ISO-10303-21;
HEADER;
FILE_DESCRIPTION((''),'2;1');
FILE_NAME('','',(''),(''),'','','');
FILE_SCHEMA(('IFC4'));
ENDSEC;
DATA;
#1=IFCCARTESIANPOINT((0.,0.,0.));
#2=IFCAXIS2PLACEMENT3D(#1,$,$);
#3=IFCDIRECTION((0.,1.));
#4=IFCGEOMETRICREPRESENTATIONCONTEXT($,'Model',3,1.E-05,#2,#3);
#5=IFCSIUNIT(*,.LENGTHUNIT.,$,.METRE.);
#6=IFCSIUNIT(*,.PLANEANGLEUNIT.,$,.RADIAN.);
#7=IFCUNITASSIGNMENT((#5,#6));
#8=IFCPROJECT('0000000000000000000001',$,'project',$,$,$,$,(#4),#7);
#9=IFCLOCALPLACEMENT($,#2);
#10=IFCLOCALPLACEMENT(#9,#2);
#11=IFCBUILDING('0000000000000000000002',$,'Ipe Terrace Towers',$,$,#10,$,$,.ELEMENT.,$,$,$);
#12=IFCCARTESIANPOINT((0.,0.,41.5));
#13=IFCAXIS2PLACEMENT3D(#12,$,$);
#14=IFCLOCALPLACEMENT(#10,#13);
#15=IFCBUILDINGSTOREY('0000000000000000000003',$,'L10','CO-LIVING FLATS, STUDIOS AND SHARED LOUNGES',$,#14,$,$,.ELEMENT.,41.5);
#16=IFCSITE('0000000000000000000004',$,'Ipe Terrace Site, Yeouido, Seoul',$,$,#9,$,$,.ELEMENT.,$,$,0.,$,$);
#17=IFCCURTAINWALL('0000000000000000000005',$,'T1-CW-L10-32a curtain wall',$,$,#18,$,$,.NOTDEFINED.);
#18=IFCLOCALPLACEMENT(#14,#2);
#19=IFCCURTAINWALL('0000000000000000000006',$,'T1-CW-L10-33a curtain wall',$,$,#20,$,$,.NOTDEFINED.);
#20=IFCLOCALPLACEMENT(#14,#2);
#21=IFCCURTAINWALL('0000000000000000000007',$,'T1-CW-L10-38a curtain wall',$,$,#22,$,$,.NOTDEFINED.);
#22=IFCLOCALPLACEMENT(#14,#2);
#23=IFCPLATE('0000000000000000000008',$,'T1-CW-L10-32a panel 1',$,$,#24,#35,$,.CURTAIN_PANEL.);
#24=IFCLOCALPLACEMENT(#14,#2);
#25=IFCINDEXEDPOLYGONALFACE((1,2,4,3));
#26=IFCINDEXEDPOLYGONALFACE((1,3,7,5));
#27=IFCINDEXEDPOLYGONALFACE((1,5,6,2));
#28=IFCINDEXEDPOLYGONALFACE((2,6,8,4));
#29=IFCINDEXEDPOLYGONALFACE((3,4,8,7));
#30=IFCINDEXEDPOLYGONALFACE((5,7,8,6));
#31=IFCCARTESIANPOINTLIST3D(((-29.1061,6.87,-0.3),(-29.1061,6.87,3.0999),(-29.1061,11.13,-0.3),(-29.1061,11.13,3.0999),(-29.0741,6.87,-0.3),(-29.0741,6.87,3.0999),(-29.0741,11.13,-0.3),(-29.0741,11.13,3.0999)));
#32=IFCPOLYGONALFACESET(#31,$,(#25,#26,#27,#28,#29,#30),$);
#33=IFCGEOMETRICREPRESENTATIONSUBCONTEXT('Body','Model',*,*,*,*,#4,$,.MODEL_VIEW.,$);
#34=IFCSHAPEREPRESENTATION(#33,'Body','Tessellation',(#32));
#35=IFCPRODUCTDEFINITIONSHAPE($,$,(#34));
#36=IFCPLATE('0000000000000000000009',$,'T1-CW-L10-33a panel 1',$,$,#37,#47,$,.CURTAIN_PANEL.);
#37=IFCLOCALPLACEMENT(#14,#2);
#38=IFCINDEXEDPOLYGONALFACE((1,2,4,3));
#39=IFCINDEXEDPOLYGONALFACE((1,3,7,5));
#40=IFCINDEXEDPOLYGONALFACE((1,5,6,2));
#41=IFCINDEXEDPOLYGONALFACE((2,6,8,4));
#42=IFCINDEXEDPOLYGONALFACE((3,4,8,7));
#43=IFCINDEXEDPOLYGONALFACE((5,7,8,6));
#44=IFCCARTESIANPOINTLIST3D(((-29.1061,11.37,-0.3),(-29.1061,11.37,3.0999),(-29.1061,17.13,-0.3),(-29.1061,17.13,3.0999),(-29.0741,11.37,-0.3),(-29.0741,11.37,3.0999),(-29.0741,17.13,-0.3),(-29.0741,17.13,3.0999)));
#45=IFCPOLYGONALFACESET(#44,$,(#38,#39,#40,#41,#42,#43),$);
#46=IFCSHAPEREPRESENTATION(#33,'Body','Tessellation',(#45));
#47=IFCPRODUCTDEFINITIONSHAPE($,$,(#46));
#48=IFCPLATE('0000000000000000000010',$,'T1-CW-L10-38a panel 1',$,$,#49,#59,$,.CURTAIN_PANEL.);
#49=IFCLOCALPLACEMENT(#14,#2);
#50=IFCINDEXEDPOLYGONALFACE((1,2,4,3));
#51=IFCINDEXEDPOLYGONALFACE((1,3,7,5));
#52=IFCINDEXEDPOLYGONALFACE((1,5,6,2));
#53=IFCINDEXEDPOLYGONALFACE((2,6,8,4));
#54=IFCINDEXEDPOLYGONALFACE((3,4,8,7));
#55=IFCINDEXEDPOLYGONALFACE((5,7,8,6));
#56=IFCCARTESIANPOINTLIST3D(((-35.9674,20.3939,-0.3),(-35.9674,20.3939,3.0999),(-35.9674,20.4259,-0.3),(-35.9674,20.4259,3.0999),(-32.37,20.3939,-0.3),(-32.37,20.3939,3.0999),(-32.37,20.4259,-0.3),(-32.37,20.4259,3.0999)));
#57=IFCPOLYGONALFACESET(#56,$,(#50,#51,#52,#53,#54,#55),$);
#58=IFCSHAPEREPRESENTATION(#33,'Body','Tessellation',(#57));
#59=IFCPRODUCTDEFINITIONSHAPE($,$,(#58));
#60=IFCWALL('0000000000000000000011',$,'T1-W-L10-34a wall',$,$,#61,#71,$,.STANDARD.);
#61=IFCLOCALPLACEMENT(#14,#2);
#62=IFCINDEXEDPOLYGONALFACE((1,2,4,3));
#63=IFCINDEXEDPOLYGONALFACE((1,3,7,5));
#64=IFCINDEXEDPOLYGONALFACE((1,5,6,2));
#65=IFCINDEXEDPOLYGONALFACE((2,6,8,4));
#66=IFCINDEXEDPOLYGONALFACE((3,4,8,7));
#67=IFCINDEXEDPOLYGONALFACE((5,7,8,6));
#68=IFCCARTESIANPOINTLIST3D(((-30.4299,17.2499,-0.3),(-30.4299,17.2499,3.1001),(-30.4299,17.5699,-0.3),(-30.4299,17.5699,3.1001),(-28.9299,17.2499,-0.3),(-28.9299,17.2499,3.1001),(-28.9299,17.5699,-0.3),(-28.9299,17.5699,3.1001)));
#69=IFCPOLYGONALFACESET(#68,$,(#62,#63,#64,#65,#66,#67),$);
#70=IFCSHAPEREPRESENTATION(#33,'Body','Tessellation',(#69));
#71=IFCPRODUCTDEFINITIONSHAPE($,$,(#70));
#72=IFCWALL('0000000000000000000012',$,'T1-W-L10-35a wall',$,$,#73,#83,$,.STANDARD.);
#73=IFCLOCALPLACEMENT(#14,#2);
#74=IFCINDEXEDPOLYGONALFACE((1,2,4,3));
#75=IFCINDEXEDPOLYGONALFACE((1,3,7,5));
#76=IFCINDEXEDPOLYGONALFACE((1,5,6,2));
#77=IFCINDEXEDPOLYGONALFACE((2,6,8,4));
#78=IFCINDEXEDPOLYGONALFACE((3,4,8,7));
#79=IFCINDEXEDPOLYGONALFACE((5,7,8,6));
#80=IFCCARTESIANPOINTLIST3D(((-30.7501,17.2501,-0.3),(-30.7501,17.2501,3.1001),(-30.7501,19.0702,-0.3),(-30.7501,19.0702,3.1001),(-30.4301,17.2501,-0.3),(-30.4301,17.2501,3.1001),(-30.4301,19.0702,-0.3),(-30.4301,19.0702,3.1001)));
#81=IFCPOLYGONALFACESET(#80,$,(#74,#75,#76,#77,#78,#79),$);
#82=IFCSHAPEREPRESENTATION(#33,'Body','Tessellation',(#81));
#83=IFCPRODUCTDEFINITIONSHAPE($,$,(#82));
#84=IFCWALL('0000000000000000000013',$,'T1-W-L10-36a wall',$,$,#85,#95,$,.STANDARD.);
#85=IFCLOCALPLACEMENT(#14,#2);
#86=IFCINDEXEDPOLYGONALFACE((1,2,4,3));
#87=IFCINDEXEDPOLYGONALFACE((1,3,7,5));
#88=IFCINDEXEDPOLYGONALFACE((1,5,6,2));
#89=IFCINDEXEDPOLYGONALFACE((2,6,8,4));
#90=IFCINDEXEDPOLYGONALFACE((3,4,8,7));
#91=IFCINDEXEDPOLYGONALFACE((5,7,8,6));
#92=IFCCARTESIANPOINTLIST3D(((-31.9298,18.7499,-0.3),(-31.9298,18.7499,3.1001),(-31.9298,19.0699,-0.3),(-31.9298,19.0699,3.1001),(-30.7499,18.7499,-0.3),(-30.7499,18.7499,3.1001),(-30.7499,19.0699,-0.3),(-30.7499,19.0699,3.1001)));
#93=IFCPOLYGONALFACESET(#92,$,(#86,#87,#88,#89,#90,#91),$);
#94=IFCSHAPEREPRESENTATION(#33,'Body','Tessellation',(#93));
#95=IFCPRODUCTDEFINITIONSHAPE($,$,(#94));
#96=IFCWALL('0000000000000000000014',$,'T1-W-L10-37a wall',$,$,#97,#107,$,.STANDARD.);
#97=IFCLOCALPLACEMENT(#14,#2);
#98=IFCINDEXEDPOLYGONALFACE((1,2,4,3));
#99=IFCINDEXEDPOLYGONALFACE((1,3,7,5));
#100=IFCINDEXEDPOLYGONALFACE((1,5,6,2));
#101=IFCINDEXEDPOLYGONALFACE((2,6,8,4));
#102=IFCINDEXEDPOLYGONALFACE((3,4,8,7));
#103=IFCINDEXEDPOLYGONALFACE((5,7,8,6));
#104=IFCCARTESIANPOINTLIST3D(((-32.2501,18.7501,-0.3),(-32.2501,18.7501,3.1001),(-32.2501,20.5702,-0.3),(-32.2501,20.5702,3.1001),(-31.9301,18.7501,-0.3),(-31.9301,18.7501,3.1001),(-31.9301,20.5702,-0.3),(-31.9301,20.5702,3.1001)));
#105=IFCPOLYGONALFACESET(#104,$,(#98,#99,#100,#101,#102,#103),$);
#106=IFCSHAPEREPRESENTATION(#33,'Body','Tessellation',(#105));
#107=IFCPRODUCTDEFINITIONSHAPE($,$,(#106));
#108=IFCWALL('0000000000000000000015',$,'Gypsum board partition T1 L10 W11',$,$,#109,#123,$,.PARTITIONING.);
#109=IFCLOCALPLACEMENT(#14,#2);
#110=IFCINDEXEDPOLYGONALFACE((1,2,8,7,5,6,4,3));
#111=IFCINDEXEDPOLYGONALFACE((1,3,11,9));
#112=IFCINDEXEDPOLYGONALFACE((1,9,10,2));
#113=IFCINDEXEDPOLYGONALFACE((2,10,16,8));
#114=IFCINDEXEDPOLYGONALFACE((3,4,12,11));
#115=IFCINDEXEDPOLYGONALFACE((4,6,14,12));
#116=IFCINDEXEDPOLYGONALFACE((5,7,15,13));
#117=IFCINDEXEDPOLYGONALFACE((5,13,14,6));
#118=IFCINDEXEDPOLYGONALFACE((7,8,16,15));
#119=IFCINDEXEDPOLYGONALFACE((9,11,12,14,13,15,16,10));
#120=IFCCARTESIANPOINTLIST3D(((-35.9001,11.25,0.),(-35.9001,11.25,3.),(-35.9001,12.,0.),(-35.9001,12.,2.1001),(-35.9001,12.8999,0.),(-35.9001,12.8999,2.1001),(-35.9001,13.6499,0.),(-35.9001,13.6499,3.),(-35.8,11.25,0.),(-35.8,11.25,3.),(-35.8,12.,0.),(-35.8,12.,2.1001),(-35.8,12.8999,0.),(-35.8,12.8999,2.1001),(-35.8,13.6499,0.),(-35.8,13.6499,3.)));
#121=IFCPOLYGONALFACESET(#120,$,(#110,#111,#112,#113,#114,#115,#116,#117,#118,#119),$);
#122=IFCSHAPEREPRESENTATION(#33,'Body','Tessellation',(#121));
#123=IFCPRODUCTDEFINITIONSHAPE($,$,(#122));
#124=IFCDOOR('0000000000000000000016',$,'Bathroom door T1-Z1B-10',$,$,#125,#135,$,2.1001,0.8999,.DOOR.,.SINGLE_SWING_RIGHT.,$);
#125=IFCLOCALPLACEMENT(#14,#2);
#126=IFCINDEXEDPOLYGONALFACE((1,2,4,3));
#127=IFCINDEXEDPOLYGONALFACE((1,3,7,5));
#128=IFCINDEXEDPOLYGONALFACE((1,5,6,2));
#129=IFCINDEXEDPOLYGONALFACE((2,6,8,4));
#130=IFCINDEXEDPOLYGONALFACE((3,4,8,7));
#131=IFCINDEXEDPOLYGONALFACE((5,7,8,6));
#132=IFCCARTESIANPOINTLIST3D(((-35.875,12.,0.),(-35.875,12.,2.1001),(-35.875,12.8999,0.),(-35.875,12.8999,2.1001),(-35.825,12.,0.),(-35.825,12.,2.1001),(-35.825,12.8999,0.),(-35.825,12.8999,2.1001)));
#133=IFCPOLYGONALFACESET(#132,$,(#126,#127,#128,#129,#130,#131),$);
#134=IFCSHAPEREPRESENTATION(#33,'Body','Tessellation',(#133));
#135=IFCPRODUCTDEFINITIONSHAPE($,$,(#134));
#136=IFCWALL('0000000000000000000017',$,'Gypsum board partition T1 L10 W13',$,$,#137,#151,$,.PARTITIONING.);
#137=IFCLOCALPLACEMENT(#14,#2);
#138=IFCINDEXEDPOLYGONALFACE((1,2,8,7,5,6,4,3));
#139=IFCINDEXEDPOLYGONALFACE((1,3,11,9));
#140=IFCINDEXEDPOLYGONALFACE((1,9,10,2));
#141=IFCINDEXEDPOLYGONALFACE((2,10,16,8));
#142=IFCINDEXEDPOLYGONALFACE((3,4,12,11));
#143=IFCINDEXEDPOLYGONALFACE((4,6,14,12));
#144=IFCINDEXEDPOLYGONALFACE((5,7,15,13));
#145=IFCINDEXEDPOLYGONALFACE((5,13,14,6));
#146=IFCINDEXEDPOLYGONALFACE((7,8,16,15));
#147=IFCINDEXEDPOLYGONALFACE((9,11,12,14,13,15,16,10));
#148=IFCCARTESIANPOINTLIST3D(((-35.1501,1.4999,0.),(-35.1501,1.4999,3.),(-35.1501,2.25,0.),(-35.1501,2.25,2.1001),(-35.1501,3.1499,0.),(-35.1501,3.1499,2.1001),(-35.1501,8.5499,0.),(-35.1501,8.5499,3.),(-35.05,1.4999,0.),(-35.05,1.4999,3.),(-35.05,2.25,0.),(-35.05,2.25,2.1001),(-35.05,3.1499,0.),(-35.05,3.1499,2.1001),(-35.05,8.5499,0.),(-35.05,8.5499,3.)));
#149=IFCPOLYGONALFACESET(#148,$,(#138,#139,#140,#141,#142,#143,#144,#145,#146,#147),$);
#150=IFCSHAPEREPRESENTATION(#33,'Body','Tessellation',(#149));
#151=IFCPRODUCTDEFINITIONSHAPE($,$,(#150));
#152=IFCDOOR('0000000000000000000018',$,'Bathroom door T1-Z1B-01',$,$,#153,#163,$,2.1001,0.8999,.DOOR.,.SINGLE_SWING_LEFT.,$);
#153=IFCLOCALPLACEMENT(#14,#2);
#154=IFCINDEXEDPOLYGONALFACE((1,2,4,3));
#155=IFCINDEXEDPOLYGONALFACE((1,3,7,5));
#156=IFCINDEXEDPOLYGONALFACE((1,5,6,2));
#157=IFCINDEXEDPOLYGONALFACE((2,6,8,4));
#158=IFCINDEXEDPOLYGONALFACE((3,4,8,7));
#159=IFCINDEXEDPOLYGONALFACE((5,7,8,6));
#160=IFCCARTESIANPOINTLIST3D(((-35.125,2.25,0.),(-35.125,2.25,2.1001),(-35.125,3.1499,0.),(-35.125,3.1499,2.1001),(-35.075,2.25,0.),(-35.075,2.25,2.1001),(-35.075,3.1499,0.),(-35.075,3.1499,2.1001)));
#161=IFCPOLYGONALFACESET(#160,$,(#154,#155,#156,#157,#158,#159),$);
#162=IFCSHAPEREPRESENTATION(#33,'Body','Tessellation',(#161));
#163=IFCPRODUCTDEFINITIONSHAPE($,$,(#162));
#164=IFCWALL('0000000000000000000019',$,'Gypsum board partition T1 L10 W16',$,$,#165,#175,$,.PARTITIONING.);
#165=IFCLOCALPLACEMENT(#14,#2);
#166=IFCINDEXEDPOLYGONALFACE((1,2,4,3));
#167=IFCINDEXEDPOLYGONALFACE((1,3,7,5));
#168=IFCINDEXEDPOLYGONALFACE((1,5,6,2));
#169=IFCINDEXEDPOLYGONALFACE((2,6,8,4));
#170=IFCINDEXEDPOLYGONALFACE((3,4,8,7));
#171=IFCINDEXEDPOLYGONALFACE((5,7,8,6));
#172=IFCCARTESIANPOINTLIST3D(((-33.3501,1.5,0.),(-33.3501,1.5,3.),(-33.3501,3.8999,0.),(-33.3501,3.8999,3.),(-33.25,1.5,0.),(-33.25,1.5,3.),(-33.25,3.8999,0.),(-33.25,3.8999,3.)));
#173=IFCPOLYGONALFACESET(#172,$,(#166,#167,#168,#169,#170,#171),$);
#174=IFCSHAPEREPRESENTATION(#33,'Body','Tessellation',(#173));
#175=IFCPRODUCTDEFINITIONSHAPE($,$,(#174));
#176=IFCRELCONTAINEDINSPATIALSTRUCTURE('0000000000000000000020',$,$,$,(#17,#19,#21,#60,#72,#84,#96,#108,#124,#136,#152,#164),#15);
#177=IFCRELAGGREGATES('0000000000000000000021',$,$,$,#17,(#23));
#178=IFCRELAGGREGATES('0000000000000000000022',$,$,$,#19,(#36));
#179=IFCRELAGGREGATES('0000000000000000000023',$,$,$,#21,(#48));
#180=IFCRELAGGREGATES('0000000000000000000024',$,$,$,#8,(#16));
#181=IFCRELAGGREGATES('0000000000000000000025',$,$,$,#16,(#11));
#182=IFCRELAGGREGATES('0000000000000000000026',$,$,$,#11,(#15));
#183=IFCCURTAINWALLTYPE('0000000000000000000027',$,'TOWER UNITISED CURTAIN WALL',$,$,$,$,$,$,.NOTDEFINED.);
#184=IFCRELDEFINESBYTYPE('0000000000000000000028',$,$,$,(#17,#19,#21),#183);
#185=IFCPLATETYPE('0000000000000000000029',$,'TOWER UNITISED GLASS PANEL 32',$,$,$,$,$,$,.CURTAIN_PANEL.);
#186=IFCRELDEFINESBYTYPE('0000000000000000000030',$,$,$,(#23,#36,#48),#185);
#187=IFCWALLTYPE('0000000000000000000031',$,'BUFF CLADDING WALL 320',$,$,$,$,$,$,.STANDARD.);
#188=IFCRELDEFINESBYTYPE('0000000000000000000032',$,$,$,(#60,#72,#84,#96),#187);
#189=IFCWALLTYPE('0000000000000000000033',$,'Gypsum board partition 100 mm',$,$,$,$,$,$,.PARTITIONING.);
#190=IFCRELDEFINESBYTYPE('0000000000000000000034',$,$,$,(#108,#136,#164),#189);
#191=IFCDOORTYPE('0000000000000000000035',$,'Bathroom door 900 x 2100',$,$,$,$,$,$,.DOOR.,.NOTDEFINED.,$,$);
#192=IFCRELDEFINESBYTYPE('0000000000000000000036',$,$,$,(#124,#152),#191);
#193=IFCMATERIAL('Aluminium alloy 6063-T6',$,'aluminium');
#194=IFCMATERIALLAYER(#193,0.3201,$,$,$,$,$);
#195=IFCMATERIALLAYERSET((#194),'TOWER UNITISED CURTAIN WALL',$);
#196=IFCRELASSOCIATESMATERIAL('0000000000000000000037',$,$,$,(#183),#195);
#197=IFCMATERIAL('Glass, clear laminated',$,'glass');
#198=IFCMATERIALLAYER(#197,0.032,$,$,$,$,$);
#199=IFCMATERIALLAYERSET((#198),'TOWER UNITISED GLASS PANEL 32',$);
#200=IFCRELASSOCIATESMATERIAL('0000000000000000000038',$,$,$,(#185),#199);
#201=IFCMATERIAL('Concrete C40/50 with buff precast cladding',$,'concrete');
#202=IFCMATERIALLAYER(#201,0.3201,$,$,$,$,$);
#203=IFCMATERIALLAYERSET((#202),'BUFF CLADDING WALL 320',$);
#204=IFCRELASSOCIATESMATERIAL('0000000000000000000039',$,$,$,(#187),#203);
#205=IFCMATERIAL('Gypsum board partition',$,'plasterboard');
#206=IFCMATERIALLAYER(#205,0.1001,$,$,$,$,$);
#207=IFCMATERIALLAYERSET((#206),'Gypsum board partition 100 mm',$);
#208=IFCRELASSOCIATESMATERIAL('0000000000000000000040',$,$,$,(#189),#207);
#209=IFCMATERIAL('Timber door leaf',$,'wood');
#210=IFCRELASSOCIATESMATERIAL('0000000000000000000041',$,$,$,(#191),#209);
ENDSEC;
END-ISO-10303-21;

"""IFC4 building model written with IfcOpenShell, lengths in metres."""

from ifc_helpers import new_model, si_unit, direction, frame, frame_2d, origin, origin_2d, place, context, subcontext, project, spatial, rectangle, extrude, material, layer, layer_set, type_object, element, fill, aggregate, save


model = new_model("IFC4")

# Units and contexts
model_context = context("Model", 3, precision=1e-05, world=origin(), true_north=direction((0.0, 1.0)))
body_context = subcontext(model_context, "Body", "Model", "MODEL_VIEW")
ifc_project = project(units=[si_unit("LENGTHUNIT", "METRE"), si_unit("PLANEANGLEUNIT", "RADIAN")], contexts=[model_context])

# Site, building, storey
site_placement = place(None, origin())
site = spatial("IfcSite", under=ifc_project, at=site_placement, Name="Ipe Terrace Site, Yeouido, Seoul", CompositionType="ELEMENT", RefElevation=0.0)
building_placement = place(site_placement, origin())
building = spatial("IfcBuilding", under=site, at=building_placement, Name="Ipe Terrace Towers", CompositionType="ELEMENT")
storey_placement = place(building_placement, frame((0.0, 0.0, 41.5)))
storey = spatial("IfcBuildingStorey", under=building, at=storey_placement, Name="L10", Description="CO-LIVING FLATS, STUDIOS AND SHARED LOUNGES", CompositionType="ELEMENT", Elevation=41.5)

# Curtain walls
ifc_material_1 = material(Name="Aluminium alloy 6063-T6", Category="aluminium")
ifc_layer_1 = layer(ifc_material_1, 0.3201)
ifc_layer_set_1 = layer_set([ifc_layer_1], Name="TOWER UNITISED CURTAIN WALL")
curtain_wall_type = type_object("IfcCurtainWallType", Name="TOWER UNITISED CURTAIN WALL", PredefinedType="NOTDEFINED", material=ifc_layer_set_1)
curtain_wall_1_placement = place(storey_placement, origin())
curtain_wall_1 = element("IfcCurtainWall", 1, at=curtain_wall_1_placement, inside=storey, type_object=curtain_wall_type, Name="T1-CW-L10-32a curtain wall", PredefinedType="NOTDEFINED")
curtain_wall_2_placement = place(storey_placement, origin())
curtain_wall_2 = element("IfcCurtainWall", 2, at=curtain_wall_2_placement, inside=storey, type_object=curtain_wall_type, Name="T1-CW-L10-33a curtain wall", PredefinedType="NOTDEFINED")
curtain_wall_3_placement = place(storey_placement, origin())
curtain_wall_3 = element("IfcCurtainWall", 3, at=curtain_wall_3_placement, inside=storey, type_object=curtain_wall_type, Name="T1-CW-L10-38a curtain wall", PredefinedType="NOTDEFINED")

# Plates
ifc_material_2 = material(Name="Glass, clear laminated", Category="glass")
ifc_layer_2 = layer(ifc_material_2, 0.032)
ifc_layer_set_2 = layer_set([ifc_layer_2], Name="TOWER UNITISED GLASS PANEL 32")
plate_type = type_object("IfcPlateType", Name="TOWER UNITISED GLASS PANEL 32", PredefinedType="CURTAIN_PANEL", material=ifc_layer_set_2)
plate_1_placement = place(storey_placement, frame((-29.0901, 9.0, -0.3), z_axis=(0.0, 0.0, 1.0), x_axis=(0.0, 1.0, 0.0)))
plate_1 = element("IfcPlate", 4, at=plate_1_placement, type_object=plate_type, Name="T1-CW-L10-32a panel 1", PredefinedType="CURTAIN_PANEL", context=body_context, shape_type="SweptSolid", body=[
    extrude(rectangle(XDim=4.26, YDim=0.032, at=origin_2d()), origin(), (0.0, 0.0, 1.0), 3.3999),
])
aggregate(curtain_wall_1, [plate_1])
plate_2_placement = place(storey_placement, frame((-29.0901, 14.25, -0.3), z_axis=(0.0, 0.0, 1.0), x_axis=(0.0, 1.0, 0.0)))
plate_2 = element("IfcPlate", 5, at=plate_2_placement, type_object=plate_type, Name="T1-CW-L10-33a panel 1", PredefinedType="CURTAIN_PANEL", context=body_context, shape_type="SweptSolid", body=[
    extrude(rectangle(XDim=5.76, YDim=0.032, at=origin_2d()), origin(), (0.0, 0.0, 1.0), 3.3999),
])
aggregate(curtain_wall_2, [plate_2])
plate_3_placement = place(storey_placement, frame((-34.1687, 20.4099, -0.3), z_axis=(0.0, 0.0, 1.0), x_axis=(-1.0, 0.0, 0.0)))
plate_3 = element("IfcPlate", 6, at=plate_3_placement, type_object=plate_type, Name="T1-CW-L10-38a panel 1", PredefinedType="CURTAIN_PANEL", context=body_context, shape_type="SweptSolid", body=[
    extrude(rectangle(XDim=3.5974, YDim=0.032, at=origin_2d()), origin(), (0.0, 0.0, 1.0), 3.3999),
])
aggregate(curtain_wall_3, [plate_3])

# Walls
ifc_material_3 = material(Name="Concrete C40/50 with buff precast cladding", Category="concrete")
ifc_layer_3 = layer(ifc_material_3, 0.3201)
ifc_layer_set_3 = layer_set([ifc_layer_3], Name="BUFF CLADDING WALL 320")
wall_type_1 = type_object("IfcWallType", Name="BUFF CLADDING WALL 320", PredefinedType="STANDARD", material=ifc_layer_set_3)
wall_1_placement = place(storey_placement, frame((-28.9299, 17.4099, -0.3), z_axis=(0.0, 0.0, 1.0), x_axis=(-1.0, 0.0, 0.0)))
element("IfcWall", 7, at=wall_1_placement, inside=storey, type_object=wall_type_1, Name="T1-W-L10-34a wall", PredefinedType="STANDARD", context=body_context, shape_type="SweptSolid", body=[
    extrude(rectangle(XDim=1.5, YDim=0.3201, at=frame_2d((0.75, 0.0))), origin(), (0.0, 0.0, 1.0), 3.4001),
])
wall_2_placement = place(storey_placement, frame((-30.5901, 17.25, -0.3), z_axis=(0.0, 0.0, 1.0), x_axis=(0.0, 1.0, 0.0)))
element("IfcWall", 8, at=wall_2_placement, inside=storey, type_object=wall_type_1, Name="T1-W-L10-35a wall", PredefinedType="STANDARD", context=body_context, shape_type="SweptSolid", body=[
    extrude(rectangle(XDim=1.8201, YDim=0.3201, at=frame_2d((0.9102, 0.0))), origin(), (0.0, 0.0, 1.0), 3.4001),
])
wall_3_placement = place(storey_placement, frame((-30.75, 18.9099, -0.3), z_axis=(0.0, 0.0, 1.0), x_axis=(-1.0, 0.0, 0.0)))
element("IfcWall", 9, at=wall_3_placement, inside=storey, type_object=wall_type_1, Name="T1-W-L10-36a wall", PredefinedType="STANDARD", context=body_context, shape_type="SweptSolid", body=[
    extrude(rectangle(XDim=1.1799, YDim=0.3201, at=frame_2d((0.5898, 0.0))), origin(), (0.0, 0.0, 1.0), 3.4001),
])
wall_4_placement = place(storey_placement, frame((-32.0901, 18.75, -0.3), z_axis=(0.0, 0.0, 1.0), x_axis=(0.0, 1.0, 0.0)))
element("IfcWall", 10, at=wall_4_placement, inside=storey, type_object=wall_type_1, Name="T1-W-L10-37a wall", PredefinedType="STANDARD", context=body_context, shape_type="SweptSolid", body=[
    extrude(rectangle(XDim=1.8201, YDim=0.3201, at=frame_2d((0.9102, 0.0))), origin(), (0.0, 0.0, 1.0), 3.4001),
])

# Walls, openings, doors
ifc_material_4 = material(Name="Gypsum board partition", Category="plasterboard")
ifc_layer_4 = layer(ifc_material_4, 0.1001)
ifc_layer_set_4 = layer_set([ifc_layer_4], Name="Gypsum board partition 100 mm")
wall_type_2 = type_object("IfcWallType", Name="Gypsum board partition 100 mm", PredefinedType="PARTITIONING", material=ifc_layer_set_4)
wall_5_placement = place(storey_placement, frame((-35.8501, 11.25, 0.0), z_axis=(0.0, 0.0, 1.0), x_axis=(0.0, 1.0, 0.0)))
wall_5 = element("IfcWall", 11, at=wall_5_placement, inside=storey, type_object=wall_type_2, Name="Gypsum board partition T1 L10 W11", PredefinedType="PARTITIONING", context=body_context, shape_type="SweptSolid", body=[
    extrude(rectangle(XDim=2.3999, YDim=0.1001, at=frame_2d((1.2, 0.0))), origin(), (0.0, 0.0, 1.0), 3.0),
])
opening_1_placement = place(wall_5_placement, frame((0.75, 0.0, 0.0)))
opening_1 = element("IfcOpeningElement", 12, at=opening_1_placement, cuts=wall_5, PredefinedType="OPENING", context=body_context, shape_type="SweptSolid", body=[
    extrude(rectangle(XDim=0.8999, YDim=2.1001, at=frame_2d((0.45, 1.05))), frame((0.0, 0.0601, 0.0), z_axis=(0.0, -1.0, 0.0), x_axis=(1.0, 0.0, 0.0)), (0.0, 0.0, 1.0), 0.1201),
])
ifc_material_5 = material(Name="Timber door leaf", Category="wood")
door_type_1 = type_object("IfcDoorType", Name="Bathroom door 900 x 2100", OperationType="NOTDEFINED", PredefinedType="DOOR", material=ifc_material_5)
door_1_placement = place(opening_1_placement, origin())
door_1 = element("IfcDoor", 13, at=door_1_placement, inside=storey, type_object=door_type_1, Name="Bathroom door T1-Z1B-10", OperationType="SINGLE_SWING_RIGHT", OverallHeight=2.1001, OverallWidth=0.8999, PredefinedType="DOOR", context=body_context, shape_type="SweptSolid", body=[
    extrude(rectangle(XDim=0.8999, YDim=2.1001, at=frame_2d((0.45, 1.05))), frame((0.0, 0.0249, 0.0), z_axis=(0.0, -1.0, 0.0), x_axis=(1.0, 0.0, 0.0)), (0.0, 0.0, 1.0), 0.05),
])
fill(opening_1, door_1)
wall_6_placement = place(storey_placement, frame((-35.1001, 1.5, 0.0), z_axis=(0.0, 0.0, 1.0), x_axis=(0.0, 1.0, 0.0)))
wall_6 = element("IfcWall", 14, at=wall_6_placement, inside=storey, type_object=wall_type_2, Name="Gypsum board partition T1 L10 W13", PredefinedType="PARTITIONING", context=body_context, shape_type="SweptSolid", body=[
    extrude(rectangle(XDim=7.05, YDim=0.1001, at=frame_2d((3.5249, 0.0))), origin(), (0.0, 0.0, 1.0), 3.0),
])
opening_2_placement = place(wall_6_placement, frame((0.75, 0.0, 0.0)))
opening_2 = element("IfcOpeningElement", 15, at=opening_2_placement, cuts=wall_6, PredefinedType="OPENING", context=body_context, shape_type="SweptSolid", body=[
    extrude(rectangle(XDim=0.8999, YDim=2.1001, at=frame_2d((0.45, 1.05))), frame((0.0, 0.0601, 0.0), z_axis=(0.0, -1.0, 0.0), x_axis=(1.0, 0.0, 0.0)), (0.0, 0.0, 1.0), 0.1201),
])
door_2_placement = place(opening_2_placement, origin())
door_2 = element("IfcDoor", 16, at=door_2_placement, inside=storey, type_object=door_type_1, Name="Bathroom door T1-Z1B-01", OperationType="SINGLE_SWING_LEFT", OverallHeight=2.1001, OverallWidth=0.8999, PredefinedType="DOOR", context=body_context, shape_type="SweptSolid", body=[
    extrude(rectangle(XDim=0.8999, YDim=2.1001, at=frame_2d((0.45, 1.05))), frame((0.0, 0.0249, 0.0), z_axis=(0.0, -1.0, 0.0), x_axis=(1.0, 0.0, 0.0)), (0.0, 0.0, 1.0), 0.05),
])
fill(opening_2, door_2)

# Wall
wall_7_placement = place(storey_placement, frame((-33.3, 1.5, 0.0), z_axis=(0.0, 0.0, 1.0), x_axis=(0.0, 1.0, 0.0)))
element("IfcWall", 17, at=wall_7_placement, inside=storey, type_object=wall_type_2, Name="Gypsum board partition T1 L10 W16", PredefinedType="PARTITIONING", context=body_context, shape_type="SweptSolid", body=[
    extrude(rectangle(XDim=2.3999, YDim=0.1001, at=frame_2d((1.2, 0.0))), origin(), (0.0, 0.0, 1.0), 3.0),
])

save(model, "model.ifc")
